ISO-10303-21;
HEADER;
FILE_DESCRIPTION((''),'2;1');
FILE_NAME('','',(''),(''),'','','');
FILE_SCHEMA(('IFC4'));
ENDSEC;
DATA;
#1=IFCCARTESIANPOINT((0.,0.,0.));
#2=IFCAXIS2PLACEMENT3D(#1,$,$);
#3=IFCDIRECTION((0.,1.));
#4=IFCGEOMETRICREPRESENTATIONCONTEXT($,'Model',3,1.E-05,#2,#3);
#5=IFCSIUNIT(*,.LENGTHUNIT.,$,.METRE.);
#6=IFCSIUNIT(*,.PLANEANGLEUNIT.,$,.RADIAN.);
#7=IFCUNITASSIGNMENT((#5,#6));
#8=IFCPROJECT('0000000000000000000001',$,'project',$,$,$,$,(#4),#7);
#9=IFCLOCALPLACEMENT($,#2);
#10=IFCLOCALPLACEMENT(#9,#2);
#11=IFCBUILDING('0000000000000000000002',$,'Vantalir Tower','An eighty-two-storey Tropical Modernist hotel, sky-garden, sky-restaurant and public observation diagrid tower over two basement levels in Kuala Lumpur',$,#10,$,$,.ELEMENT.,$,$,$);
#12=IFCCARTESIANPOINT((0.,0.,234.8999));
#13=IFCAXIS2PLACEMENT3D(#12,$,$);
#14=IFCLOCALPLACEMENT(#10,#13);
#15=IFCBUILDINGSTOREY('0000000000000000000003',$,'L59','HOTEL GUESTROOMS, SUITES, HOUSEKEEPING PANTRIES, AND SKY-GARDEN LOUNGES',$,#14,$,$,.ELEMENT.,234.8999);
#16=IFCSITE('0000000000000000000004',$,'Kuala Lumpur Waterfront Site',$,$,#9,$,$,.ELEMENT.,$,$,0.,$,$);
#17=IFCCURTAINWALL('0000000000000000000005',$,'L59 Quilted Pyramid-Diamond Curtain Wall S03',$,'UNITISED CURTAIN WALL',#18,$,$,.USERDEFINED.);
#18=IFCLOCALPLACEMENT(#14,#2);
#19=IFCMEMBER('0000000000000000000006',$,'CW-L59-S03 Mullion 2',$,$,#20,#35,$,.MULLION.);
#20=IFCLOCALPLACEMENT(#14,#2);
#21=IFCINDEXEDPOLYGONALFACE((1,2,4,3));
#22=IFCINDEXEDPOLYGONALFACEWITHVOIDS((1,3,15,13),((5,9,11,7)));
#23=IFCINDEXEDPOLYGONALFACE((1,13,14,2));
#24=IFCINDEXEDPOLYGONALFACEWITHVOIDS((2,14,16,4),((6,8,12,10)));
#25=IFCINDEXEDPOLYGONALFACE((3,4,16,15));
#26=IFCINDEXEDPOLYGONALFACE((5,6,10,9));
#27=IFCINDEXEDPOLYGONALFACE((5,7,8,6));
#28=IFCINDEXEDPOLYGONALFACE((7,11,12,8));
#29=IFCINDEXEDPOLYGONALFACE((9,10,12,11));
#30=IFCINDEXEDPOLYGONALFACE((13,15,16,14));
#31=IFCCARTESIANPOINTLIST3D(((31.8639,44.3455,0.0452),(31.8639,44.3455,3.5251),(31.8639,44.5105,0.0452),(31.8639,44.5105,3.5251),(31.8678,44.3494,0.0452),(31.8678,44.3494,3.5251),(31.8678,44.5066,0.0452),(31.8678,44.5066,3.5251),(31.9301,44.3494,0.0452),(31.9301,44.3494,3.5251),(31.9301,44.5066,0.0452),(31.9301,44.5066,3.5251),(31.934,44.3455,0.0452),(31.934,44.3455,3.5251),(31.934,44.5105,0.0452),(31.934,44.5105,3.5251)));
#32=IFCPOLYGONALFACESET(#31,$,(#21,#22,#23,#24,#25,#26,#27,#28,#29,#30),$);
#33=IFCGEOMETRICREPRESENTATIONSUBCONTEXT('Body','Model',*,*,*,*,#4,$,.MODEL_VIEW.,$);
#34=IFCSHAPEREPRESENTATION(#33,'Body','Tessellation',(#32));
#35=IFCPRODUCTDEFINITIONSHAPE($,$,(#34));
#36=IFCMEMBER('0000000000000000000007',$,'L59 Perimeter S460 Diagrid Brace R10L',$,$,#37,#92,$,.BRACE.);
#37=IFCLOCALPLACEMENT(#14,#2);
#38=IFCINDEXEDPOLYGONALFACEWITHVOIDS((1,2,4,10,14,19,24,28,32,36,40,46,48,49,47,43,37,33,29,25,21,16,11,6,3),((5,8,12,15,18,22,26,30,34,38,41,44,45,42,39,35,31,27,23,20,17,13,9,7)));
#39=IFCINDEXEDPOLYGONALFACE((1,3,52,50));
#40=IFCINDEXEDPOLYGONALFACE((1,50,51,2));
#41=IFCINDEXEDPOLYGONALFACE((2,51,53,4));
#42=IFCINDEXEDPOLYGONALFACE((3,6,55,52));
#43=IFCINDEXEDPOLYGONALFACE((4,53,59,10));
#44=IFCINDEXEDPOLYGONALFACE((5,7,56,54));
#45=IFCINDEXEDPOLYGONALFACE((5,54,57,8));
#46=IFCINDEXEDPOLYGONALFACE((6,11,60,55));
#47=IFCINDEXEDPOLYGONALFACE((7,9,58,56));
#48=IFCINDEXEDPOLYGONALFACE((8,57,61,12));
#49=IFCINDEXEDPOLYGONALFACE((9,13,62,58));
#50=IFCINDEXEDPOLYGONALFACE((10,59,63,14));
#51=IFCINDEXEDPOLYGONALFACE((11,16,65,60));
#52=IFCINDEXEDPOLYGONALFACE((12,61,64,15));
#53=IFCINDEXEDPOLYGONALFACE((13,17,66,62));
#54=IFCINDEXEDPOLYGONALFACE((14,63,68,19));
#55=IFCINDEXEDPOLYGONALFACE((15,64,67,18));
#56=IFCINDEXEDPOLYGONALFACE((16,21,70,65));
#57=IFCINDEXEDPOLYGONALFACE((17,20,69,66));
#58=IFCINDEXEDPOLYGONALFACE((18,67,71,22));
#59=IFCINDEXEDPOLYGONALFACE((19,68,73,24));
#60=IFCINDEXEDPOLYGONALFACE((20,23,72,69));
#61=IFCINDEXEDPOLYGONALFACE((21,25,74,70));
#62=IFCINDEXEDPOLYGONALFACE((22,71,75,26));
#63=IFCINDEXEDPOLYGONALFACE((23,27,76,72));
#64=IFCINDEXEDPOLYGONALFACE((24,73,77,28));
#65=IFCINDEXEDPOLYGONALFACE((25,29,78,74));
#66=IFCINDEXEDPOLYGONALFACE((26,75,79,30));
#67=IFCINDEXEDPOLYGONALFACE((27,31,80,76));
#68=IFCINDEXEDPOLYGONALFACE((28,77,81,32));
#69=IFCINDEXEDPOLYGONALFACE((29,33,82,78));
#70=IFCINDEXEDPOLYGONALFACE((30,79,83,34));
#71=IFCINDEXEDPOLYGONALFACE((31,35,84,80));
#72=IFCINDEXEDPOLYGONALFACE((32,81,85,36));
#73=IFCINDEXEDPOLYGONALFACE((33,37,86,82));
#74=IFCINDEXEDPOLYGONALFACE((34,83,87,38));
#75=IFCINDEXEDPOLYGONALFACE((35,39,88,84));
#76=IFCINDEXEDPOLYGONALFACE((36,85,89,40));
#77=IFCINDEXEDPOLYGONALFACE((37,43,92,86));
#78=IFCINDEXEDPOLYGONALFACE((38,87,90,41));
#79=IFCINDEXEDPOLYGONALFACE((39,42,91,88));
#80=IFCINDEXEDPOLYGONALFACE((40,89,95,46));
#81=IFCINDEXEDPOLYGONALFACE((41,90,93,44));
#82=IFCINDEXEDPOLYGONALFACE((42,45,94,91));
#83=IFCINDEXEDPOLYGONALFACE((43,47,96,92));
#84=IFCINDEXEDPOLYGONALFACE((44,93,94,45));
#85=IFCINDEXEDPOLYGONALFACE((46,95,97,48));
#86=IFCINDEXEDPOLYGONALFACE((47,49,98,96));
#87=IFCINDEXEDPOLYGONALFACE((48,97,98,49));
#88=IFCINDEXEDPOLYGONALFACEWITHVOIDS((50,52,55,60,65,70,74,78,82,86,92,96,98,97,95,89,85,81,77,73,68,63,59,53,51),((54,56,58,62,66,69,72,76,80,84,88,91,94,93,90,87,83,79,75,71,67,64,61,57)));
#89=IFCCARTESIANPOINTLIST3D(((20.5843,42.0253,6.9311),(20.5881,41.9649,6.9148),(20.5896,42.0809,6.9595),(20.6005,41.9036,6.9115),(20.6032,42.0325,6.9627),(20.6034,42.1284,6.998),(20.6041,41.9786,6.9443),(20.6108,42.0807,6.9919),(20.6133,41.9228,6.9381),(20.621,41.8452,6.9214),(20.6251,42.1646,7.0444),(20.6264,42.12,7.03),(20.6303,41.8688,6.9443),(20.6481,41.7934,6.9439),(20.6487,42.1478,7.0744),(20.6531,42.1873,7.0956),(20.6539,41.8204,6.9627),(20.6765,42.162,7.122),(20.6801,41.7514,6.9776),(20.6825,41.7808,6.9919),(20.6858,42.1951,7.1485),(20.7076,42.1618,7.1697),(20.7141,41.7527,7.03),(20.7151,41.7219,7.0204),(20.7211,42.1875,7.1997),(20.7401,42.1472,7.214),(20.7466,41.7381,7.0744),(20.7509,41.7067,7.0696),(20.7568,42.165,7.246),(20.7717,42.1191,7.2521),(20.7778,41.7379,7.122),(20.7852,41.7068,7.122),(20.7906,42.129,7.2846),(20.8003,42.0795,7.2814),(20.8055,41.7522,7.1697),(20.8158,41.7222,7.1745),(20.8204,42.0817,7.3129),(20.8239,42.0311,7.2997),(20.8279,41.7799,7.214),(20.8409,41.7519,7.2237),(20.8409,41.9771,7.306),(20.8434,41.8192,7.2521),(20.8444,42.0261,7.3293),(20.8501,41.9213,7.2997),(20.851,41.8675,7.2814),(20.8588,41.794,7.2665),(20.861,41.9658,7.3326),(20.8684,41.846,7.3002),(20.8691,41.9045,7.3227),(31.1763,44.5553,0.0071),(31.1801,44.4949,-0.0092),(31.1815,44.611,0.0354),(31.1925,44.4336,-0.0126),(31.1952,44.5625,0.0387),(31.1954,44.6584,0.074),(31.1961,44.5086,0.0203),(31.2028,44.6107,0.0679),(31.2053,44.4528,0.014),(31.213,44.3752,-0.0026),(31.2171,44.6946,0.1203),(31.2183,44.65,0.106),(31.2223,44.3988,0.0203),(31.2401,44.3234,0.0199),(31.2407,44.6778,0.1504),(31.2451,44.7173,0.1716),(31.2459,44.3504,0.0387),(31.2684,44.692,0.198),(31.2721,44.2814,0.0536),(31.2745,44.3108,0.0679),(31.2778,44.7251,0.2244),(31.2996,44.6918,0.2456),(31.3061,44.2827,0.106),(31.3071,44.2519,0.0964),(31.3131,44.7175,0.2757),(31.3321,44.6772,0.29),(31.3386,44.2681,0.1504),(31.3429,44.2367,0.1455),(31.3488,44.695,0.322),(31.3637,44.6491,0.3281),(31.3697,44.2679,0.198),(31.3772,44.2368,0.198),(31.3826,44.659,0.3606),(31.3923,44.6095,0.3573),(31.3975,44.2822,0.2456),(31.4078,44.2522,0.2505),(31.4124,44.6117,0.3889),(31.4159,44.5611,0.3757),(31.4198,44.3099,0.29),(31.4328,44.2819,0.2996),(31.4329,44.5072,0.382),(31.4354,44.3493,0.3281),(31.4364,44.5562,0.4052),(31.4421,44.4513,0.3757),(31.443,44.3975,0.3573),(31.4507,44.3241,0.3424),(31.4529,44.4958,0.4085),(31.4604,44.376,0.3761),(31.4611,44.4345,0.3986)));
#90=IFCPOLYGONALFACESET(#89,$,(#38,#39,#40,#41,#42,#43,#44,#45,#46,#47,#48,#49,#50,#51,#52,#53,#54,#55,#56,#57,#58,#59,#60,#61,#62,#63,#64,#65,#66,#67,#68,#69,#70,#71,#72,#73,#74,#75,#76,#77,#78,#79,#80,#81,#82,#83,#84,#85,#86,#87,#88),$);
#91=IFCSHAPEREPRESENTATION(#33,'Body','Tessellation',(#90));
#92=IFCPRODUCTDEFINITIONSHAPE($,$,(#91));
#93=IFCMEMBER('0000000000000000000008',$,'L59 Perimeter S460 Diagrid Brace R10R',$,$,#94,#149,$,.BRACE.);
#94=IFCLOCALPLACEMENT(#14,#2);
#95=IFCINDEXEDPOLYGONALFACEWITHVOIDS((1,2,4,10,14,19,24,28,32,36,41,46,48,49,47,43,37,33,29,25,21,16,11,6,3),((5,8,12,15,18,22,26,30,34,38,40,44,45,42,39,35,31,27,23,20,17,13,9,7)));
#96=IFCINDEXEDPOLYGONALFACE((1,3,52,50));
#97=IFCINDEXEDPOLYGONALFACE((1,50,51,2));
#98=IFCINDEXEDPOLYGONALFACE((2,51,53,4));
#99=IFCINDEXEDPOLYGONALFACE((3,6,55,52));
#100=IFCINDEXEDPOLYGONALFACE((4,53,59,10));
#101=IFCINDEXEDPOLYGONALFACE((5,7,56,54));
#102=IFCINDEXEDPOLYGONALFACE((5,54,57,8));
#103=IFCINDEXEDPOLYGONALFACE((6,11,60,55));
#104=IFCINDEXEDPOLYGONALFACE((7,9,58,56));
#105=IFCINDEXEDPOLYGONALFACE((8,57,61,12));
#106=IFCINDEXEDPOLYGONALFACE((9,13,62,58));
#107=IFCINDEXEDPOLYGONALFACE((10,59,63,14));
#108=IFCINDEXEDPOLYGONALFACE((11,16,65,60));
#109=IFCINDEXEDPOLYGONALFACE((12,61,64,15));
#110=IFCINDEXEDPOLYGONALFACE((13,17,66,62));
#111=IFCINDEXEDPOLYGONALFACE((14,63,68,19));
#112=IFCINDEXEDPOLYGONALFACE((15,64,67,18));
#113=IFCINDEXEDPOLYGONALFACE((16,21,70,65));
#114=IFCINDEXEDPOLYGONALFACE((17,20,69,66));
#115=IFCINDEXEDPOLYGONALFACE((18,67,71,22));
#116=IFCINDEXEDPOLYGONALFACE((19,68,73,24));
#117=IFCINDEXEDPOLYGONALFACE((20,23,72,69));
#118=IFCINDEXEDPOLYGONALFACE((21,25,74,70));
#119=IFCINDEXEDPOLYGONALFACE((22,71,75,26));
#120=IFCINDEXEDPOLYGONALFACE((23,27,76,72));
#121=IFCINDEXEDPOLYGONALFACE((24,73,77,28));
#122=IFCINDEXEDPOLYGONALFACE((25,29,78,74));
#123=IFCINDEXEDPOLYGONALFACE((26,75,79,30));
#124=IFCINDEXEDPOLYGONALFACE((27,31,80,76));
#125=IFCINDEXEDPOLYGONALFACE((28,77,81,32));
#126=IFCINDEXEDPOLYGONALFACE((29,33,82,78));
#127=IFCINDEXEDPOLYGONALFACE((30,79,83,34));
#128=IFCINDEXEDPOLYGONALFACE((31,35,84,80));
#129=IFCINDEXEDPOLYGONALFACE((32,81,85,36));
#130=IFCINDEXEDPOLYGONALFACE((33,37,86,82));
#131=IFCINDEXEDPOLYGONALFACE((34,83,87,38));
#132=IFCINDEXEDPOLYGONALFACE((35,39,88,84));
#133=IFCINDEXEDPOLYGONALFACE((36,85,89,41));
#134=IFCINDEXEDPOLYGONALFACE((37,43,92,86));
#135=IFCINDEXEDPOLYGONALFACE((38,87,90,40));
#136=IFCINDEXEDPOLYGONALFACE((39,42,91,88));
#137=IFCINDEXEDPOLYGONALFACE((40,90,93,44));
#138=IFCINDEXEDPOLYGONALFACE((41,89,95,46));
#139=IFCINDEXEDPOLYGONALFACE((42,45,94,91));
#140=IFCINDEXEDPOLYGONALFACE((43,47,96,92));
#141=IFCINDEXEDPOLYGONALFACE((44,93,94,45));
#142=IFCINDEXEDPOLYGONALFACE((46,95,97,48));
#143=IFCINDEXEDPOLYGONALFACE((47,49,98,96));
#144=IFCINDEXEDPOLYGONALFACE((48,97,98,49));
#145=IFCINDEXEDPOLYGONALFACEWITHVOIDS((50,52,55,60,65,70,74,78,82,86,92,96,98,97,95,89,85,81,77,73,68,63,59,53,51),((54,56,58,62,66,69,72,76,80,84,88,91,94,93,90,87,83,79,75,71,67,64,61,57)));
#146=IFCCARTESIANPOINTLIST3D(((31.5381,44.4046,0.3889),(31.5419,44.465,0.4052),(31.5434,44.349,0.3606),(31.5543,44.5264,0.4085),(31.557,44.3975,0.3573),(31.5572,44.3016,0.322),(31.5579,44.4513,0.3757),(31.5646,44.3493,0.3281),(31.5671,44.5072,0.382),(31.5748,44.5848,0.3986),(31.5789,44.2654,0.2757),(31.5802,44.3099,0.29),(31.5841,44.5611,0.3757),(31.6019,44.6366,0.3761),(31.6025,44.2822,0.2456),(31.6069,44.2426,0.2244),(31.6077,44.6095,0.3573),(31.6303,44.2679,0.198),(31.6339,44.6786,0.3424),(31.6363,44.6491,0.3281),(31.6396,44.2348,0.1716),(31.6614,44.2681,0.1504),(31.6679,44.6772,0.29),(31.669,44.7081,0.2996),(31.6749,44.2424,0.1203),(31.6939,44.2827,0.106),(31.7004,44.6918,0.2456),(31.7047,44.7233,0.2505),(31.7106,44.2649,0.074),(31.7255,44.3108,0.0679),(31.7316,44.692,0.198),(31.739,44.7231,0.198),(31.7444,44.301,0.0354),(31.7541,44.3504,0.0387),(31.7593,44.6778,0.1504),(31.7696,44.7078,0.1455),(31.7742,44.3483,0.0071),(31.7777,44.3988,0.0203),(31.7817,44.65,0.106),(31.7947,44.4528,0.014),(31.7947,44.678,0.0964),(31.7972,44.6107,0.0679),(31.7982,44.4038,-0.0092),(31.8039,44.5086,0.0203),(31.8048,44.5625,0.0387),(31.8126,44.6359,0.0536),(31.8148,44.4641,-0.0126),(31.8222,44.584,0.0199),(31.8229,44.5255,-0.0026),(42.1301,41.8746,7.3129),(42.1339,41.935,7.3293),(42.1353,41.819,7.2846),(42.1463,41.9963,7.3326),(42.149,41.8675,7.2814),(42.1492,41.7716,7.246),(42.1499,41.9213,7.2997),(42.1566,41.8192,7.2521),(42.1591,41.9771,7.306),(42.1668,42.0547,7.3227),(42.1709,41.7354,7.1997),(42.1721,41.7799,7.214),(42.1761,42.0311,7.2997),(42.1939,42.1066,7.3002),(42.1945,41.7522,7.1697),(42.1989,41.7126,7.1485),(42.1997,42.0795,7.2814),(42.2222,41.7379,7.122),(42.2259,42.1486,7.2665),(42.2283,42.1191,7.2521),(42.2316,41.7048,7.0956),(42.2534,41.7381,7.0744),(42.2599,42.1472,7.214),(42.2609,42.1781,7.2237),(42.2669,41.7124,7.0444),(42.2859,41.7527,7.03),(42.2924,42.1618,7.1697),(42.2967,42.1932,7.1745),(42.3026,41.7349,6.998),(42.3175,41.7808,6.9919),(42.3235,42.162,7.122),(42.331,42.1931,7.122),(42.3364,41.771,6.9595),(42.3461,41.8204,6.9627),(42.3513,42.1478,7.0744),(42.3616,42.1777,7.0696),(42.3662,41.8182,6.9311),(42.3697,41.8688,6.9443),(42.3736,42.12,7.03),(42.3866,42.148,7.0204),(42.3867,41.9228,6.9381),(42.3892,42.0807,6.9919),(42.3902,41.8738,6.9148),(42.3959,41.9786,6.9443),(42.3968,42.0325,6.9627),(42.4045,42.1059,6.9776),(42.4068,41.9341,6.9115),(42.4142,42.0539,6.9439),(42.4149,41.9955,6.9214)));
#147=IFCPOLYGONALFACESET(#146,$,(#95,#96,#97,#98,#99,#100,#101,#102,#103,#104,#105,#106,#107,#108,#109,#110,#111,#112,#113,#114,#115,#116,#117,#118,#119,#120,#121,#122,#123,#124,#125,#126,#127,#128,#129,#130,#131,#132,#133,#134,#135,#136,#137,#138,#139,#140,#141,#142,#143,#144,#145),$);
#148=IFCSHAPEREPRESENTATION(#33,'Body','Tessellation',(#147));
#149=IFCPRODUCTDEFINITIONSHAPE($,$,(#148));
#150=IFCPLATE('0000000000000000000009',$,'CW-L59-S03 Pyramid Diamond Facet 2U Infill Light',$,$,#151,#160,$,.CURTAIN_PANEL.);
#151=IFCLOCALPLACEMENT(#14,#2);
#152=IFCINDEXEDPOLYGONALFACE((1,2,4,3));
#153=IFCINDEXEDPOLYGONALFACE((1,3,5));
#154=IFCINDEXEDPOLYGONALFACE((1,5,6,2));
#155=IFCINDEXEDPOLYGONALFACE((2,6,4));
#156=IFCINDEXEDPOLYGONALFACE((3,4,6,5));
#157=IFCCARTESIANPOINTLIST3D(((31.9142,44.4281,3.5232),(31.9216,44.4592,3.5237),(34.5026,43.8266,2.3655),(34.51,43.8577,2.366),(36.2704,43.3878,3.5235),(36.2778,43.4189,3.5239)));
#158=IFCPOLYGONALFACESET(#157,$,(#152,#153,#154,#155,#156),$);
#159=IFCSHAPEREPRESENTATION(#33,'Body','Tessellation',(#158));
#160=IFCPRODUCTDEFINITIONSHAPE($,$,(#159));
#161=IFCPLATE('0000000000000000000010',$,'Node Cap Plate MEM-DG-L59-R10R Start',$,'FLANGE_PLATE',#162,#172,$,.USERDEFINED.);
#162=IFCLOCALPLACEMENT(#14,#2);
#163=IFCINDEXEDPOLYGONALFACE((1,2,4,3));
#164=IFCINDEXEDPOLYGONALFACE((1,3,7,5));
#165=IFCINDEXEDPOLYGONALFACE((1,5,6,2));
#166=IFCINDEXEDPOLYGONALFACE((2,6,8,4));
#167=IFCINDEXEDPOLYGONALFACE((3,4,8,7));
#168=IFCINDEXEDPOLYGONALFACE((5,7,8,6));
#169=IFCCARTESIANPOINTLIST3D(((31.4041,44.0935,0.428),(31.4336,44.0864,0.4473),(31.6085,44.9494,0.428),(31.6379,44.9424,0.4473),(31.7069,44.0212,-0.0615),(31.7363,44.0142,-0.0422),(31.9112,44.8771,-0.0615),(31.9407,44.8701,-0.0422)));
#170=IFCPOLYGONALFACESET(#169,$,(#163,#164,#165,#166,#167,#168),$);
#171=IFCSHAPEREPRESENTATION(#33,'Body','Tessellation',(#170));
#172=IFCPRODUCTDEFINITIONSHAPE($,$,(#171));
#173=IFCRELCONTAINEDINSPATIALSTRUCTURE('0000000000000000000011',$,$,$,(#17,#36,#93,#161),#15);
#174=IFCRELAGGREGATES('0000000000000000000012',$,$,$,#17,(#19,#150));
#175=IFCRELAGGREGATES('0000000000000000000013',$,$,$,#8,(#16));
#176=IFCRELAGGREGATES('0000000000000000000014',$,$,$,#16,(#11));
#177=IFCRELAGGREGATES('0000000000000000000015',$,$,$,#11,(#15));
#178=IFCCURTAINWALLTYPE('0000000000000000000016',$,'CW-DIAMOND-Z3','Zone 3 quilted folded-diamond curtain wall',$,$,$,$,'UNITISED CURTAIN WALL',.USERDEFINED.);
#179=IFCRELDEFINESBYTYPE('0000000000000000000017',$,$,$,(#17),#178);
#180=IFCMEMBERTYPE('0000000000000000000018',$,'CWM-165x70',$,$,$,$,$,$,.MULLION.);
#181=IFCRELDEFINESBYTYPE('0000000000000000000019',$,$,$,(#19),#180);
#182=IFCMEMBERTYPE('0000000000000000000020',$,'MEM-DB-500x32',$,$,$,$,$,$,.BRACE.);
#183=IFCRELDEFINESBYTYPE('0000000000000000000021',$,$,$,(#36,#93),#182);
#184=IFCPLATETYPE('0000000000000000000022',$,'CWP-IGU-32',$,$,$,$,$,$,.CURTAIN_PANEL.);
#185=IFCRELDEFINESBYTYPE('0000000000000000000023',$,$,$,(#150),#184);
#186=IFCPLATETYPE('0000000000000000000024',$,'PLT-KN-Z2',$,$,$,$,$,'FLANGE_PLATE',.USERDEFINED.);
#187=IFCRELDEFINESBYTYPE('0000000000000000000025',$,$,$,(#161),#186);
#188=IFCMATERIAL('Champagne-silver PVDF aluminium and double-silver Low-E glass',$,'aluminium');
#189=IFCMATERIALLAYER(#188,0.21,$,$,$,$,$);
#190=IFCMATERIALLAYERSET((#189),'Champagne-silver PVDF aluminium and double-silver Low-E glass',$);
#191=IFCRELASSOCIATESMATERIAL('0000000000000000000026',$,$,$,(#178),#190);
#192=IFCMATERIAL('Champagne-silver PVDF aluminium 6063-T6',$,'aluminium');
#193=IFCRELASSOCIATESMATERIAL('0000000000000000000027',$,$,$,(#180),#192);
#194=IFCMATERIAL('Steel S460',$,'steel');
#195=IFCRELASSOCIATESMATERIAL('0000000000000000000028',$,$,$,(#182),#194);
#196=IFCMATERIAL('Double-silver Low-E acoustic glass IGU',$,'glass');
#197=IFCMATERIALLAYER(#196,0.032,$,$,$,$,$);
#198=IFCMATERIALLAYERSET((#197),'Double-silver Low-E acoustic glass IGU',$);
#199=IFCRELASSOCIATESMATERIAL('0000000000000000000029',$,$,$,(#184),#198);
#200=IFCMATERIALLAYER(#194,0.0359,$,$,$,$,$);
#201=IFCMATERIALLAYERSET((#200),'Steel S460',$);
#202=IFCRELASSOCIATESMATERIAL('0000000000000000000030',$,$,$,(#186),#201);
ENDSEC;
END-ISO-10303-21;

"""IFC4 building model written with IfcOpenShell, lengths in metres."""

from ifc_helpers import new_model, si_unit, direction, frame, origin, origin_2d, place, context, subcontext, project, spatial, polyline, hollow_rectangle, hollow_circle, outline, extrude, material, layer, layer_set, material_profile, profile_set, type_object, element, aggregate, save


model = new_model("IFC4")

# Units and contexts
model_context = context("Model", 3, precision=1e-05, world=origin(), true_north=direction((0.0, 1.0)))
body_context = subcontext(model_context, "Body", "Model", "MODEL_VIEW")
ifc_project = project(units=[si_unit("LENGTHUNIT", "METRE"), si_unit("PLANEANGLEUNIT", "RADIAN")], contexts=[model_context])

# Site, building, storey
site_placement = place(None, origin())
site = spatial("IfcSite", under=ifc_project, at=site_placement, Name="Kuala Lumpur Waterfront Site", CompositionType="ELEMENT", RefElevation=0.0)
building_placement = place(site_placement, origin())
building = spatial("IfcBuilding", under=site, at=building_placement, Name="Vantalir Tower", Description="An eighty-two-storey Tropical Modernist hotel, sky-garden, sky-restaurant and public observation diagrid tower over two basement levels in Kuala Lumpur", CompositionType="ELEMENT")
storey_placement = place(building_placement, frame((0.0, 0.0, 234.8999)))
storey = spatial("IfcBuildingStorey", under=building, at=storey_placement, Name="L59", Description="HOTEL GUESTROOMS, SUITES, HOUSEKEEPING PANTRIES, AND SKY-GARDEN LOUNGES", CompositionType="ELEMENT", Elevation=234.8999)

# Shared definitions
ifc_material_1 = material(Name="Steel S460", Category="steel")

# Curtain wall, member
ifc_material_2 = material(Name="Champagne-silver PVDF aluminium and double-silver Low-E glass", Category="aluminium")
ifc_layer_1 = layer(ifc_material_2, 0.21)
ifc_layer_set_1 = layer_set([ifc_layer_1], Name="Champagne-silver PVDF aluminium and double-silver Low-E glass")
curtain_wall_type = type_object("IfcCurtainWallType", Name="CW-DIAMOND-Z3", Description="Zone 3 quilted folded-diamond curtain wall", ElementType="UNITISED CURTAIN WALL", PredefinedType="USERDEFINED", material=ifc_layer_set_1)
curtain_wall_placement = place(storey_placement, origin())
curtain_wall = element("IfcCurtainWall", 1, at=curtain_wall_placement, inside=storey, type_object=curtain_wall_type, Name="L59 Quilted Pyramid-Diamond Curtain Wall S03", ObjectType="UNITISED CURTAIN WALL", PredefinedType="USERDEFINED")
ifc_material_3 = material(Name="Champagne-silver PVDF aluminium 6063-T6", Category="aluminium")
ifc_material_profile_1 = material_profile(ifc_material_3, hollow_rectangle(XDim=0.0701, YDim=0.165, WallThickness=0.0039, at=origin_2d()), Name="Champagne-silver PVDF aluminium 6063-T6")
ifc_profile_set_1 = profile_set([ifc_material_profile_1], Name="Champagne-silver PVDF aluminium 6063-T6")
member_type_1 = type_object("IfcMemberType", Name="CWM-165x70", PredefinedType="MULLION", material=ifc_profile_set_1)
member_placement = place(storey_placement, frame((31.8989, 44.428, 0.0452), z_axis=(0.0, 0.0, 1.0), x_axis=(1.0, 0.0, 0.0)))
member = element("IfcMember", 2, at=member_placement, type_object=member_type_1, Name="CW-L59-S03 Mullion 2", PredefinedType="MULLION", context=body_context, shape_type="SweptSolid", body=[
    extrude(hollow_rectangle(XDim=0.0701, YDim=0.165, WallThickness=0.0039, at=origin_2d()), origin(), (0.0, 0.0, 1.0), 3.48),
])

# Members
ifc_material_profile_2 = material_profile(ifc_material_1, hollow_circle(Radius=0.25, WallThickness=0.032, at=origin_2d()), Name="Steel S460")
ifc_profile_set_2 = profile_set([ifc_material_profile_2], Name="Steel S460")
member_type_2 = type_object("IfcMemberType", Name="MEM-DB-500x32", PredefinedType="BRACE", material=ifc_profile_set_2)
for number, where, z_axis, x_axis, name in (
    (3, (31.3191, 44.48, 0.198), (-0.82078, -0.196053, 0.536548), (0.232326, -0.972638, 0.0), "L59 Perimeter S460 Diagrid Brace R10L"),
    (4, (31.6809, 44.48, 0.198), (0.82078, -0.196053, 0.536548), (0.232326, 0.972638, 0.0), "L59 Perimeter S460 Diagrid Brace R10R"),
):
    element("IfcMember", number, at=place(storey_placement, frame(where, z_axis=z_axis, x_axis=x_axis)), inside=storey, type_object=member_type_2, Name=name, PredefinedType="BRACE", context=body_context, shape_type="SweptSolid", body=[
        extrude(hollow_circle(Radius=0.25, WallThickness=0.032, at=origin_2d()), origin(), (0.0, 0.0, 1.0), 12.9048),
    ])

# Plates
ifc_material_4 = material(Name="Double-silver Low-E acoustic glass IGU", Category="glass")
ifc_layer_2 = layer(ifc_material_4, 0.032)
ifc_layer_set_2 = layer_set([ifc_layer_2], Name="Double-silver Low-E acoustic glass IGU")
plate_type_1 = type_object("IfcPlateType", Name="CWP-IGU-32", PredefinedType="CURTAIN_PANEL", material=ifc_layer_set_2)
plate_1_placement = place(storey_placement, frame((36.2778, 43.4189, 3.5239), z_axis=(0.232251, 0.972557, 0.013906), x_axis=(-0.97265, 0.232274, -0.000055)))
plate_1 = element("IfcPlate", 5, at=plate_1_placement, type_object=plate_type_1, Name="CW-L59-S03 Pyramid Diamond Facet 2U Infill Light", PredefinedType="CURTAIN_PANEL", context=body_context, shape_type="SweptSolid", body=[
    extrude(outline(polyline([(0.0, 0.0), (4.4787, 0.0), (1.8214, -1.158), (0.0, 0.0)])), origin(), (0.0, 0.0, -1.0), 0.032),
])
aggregate(curtain_wall, [member, plate_1])
ifc_layer_3 = layer(ifc_material_1, 0.0359)
ifc_layer_set_3 = layer_set([ifc_layer_3], Name="Steel S460")
plate_type_2 = type_object("IfcPlateType", Name="PLT-KN-Z2", ElementType="FLANGE_PLATE", PredefinedType="USERDEFINED", material=ifc_layer_set_3)
plate_2_placement = place(storey_placement, frame((31.7363, 44.0142, -0.0422), z_axis=(0.820799, -0.195952, 0.536555), x_axis=(0.232208, 0.972666, 0.0)))
element("IfcPlate", 6, at=plate_2_placement, inside=storey, type_object=plate_type_2, Name="Node Cap Plate MEM-DG-L59-R10R Start", ObjectType="FLANGE_PLATE", PredefinedType="USERDEFINED", context=body_context, shape_type="SweptSolid", body=[
    extrude(outline(polyline([(0.0, 0.0), (0.88, 0.0), (0.88, 0.5801), (0.0, 0.5801), (0.0, 0.0)])), origin(), (0.0, 0.0, -1.0), 0.0359),
])

save(model, "model.ifc")
